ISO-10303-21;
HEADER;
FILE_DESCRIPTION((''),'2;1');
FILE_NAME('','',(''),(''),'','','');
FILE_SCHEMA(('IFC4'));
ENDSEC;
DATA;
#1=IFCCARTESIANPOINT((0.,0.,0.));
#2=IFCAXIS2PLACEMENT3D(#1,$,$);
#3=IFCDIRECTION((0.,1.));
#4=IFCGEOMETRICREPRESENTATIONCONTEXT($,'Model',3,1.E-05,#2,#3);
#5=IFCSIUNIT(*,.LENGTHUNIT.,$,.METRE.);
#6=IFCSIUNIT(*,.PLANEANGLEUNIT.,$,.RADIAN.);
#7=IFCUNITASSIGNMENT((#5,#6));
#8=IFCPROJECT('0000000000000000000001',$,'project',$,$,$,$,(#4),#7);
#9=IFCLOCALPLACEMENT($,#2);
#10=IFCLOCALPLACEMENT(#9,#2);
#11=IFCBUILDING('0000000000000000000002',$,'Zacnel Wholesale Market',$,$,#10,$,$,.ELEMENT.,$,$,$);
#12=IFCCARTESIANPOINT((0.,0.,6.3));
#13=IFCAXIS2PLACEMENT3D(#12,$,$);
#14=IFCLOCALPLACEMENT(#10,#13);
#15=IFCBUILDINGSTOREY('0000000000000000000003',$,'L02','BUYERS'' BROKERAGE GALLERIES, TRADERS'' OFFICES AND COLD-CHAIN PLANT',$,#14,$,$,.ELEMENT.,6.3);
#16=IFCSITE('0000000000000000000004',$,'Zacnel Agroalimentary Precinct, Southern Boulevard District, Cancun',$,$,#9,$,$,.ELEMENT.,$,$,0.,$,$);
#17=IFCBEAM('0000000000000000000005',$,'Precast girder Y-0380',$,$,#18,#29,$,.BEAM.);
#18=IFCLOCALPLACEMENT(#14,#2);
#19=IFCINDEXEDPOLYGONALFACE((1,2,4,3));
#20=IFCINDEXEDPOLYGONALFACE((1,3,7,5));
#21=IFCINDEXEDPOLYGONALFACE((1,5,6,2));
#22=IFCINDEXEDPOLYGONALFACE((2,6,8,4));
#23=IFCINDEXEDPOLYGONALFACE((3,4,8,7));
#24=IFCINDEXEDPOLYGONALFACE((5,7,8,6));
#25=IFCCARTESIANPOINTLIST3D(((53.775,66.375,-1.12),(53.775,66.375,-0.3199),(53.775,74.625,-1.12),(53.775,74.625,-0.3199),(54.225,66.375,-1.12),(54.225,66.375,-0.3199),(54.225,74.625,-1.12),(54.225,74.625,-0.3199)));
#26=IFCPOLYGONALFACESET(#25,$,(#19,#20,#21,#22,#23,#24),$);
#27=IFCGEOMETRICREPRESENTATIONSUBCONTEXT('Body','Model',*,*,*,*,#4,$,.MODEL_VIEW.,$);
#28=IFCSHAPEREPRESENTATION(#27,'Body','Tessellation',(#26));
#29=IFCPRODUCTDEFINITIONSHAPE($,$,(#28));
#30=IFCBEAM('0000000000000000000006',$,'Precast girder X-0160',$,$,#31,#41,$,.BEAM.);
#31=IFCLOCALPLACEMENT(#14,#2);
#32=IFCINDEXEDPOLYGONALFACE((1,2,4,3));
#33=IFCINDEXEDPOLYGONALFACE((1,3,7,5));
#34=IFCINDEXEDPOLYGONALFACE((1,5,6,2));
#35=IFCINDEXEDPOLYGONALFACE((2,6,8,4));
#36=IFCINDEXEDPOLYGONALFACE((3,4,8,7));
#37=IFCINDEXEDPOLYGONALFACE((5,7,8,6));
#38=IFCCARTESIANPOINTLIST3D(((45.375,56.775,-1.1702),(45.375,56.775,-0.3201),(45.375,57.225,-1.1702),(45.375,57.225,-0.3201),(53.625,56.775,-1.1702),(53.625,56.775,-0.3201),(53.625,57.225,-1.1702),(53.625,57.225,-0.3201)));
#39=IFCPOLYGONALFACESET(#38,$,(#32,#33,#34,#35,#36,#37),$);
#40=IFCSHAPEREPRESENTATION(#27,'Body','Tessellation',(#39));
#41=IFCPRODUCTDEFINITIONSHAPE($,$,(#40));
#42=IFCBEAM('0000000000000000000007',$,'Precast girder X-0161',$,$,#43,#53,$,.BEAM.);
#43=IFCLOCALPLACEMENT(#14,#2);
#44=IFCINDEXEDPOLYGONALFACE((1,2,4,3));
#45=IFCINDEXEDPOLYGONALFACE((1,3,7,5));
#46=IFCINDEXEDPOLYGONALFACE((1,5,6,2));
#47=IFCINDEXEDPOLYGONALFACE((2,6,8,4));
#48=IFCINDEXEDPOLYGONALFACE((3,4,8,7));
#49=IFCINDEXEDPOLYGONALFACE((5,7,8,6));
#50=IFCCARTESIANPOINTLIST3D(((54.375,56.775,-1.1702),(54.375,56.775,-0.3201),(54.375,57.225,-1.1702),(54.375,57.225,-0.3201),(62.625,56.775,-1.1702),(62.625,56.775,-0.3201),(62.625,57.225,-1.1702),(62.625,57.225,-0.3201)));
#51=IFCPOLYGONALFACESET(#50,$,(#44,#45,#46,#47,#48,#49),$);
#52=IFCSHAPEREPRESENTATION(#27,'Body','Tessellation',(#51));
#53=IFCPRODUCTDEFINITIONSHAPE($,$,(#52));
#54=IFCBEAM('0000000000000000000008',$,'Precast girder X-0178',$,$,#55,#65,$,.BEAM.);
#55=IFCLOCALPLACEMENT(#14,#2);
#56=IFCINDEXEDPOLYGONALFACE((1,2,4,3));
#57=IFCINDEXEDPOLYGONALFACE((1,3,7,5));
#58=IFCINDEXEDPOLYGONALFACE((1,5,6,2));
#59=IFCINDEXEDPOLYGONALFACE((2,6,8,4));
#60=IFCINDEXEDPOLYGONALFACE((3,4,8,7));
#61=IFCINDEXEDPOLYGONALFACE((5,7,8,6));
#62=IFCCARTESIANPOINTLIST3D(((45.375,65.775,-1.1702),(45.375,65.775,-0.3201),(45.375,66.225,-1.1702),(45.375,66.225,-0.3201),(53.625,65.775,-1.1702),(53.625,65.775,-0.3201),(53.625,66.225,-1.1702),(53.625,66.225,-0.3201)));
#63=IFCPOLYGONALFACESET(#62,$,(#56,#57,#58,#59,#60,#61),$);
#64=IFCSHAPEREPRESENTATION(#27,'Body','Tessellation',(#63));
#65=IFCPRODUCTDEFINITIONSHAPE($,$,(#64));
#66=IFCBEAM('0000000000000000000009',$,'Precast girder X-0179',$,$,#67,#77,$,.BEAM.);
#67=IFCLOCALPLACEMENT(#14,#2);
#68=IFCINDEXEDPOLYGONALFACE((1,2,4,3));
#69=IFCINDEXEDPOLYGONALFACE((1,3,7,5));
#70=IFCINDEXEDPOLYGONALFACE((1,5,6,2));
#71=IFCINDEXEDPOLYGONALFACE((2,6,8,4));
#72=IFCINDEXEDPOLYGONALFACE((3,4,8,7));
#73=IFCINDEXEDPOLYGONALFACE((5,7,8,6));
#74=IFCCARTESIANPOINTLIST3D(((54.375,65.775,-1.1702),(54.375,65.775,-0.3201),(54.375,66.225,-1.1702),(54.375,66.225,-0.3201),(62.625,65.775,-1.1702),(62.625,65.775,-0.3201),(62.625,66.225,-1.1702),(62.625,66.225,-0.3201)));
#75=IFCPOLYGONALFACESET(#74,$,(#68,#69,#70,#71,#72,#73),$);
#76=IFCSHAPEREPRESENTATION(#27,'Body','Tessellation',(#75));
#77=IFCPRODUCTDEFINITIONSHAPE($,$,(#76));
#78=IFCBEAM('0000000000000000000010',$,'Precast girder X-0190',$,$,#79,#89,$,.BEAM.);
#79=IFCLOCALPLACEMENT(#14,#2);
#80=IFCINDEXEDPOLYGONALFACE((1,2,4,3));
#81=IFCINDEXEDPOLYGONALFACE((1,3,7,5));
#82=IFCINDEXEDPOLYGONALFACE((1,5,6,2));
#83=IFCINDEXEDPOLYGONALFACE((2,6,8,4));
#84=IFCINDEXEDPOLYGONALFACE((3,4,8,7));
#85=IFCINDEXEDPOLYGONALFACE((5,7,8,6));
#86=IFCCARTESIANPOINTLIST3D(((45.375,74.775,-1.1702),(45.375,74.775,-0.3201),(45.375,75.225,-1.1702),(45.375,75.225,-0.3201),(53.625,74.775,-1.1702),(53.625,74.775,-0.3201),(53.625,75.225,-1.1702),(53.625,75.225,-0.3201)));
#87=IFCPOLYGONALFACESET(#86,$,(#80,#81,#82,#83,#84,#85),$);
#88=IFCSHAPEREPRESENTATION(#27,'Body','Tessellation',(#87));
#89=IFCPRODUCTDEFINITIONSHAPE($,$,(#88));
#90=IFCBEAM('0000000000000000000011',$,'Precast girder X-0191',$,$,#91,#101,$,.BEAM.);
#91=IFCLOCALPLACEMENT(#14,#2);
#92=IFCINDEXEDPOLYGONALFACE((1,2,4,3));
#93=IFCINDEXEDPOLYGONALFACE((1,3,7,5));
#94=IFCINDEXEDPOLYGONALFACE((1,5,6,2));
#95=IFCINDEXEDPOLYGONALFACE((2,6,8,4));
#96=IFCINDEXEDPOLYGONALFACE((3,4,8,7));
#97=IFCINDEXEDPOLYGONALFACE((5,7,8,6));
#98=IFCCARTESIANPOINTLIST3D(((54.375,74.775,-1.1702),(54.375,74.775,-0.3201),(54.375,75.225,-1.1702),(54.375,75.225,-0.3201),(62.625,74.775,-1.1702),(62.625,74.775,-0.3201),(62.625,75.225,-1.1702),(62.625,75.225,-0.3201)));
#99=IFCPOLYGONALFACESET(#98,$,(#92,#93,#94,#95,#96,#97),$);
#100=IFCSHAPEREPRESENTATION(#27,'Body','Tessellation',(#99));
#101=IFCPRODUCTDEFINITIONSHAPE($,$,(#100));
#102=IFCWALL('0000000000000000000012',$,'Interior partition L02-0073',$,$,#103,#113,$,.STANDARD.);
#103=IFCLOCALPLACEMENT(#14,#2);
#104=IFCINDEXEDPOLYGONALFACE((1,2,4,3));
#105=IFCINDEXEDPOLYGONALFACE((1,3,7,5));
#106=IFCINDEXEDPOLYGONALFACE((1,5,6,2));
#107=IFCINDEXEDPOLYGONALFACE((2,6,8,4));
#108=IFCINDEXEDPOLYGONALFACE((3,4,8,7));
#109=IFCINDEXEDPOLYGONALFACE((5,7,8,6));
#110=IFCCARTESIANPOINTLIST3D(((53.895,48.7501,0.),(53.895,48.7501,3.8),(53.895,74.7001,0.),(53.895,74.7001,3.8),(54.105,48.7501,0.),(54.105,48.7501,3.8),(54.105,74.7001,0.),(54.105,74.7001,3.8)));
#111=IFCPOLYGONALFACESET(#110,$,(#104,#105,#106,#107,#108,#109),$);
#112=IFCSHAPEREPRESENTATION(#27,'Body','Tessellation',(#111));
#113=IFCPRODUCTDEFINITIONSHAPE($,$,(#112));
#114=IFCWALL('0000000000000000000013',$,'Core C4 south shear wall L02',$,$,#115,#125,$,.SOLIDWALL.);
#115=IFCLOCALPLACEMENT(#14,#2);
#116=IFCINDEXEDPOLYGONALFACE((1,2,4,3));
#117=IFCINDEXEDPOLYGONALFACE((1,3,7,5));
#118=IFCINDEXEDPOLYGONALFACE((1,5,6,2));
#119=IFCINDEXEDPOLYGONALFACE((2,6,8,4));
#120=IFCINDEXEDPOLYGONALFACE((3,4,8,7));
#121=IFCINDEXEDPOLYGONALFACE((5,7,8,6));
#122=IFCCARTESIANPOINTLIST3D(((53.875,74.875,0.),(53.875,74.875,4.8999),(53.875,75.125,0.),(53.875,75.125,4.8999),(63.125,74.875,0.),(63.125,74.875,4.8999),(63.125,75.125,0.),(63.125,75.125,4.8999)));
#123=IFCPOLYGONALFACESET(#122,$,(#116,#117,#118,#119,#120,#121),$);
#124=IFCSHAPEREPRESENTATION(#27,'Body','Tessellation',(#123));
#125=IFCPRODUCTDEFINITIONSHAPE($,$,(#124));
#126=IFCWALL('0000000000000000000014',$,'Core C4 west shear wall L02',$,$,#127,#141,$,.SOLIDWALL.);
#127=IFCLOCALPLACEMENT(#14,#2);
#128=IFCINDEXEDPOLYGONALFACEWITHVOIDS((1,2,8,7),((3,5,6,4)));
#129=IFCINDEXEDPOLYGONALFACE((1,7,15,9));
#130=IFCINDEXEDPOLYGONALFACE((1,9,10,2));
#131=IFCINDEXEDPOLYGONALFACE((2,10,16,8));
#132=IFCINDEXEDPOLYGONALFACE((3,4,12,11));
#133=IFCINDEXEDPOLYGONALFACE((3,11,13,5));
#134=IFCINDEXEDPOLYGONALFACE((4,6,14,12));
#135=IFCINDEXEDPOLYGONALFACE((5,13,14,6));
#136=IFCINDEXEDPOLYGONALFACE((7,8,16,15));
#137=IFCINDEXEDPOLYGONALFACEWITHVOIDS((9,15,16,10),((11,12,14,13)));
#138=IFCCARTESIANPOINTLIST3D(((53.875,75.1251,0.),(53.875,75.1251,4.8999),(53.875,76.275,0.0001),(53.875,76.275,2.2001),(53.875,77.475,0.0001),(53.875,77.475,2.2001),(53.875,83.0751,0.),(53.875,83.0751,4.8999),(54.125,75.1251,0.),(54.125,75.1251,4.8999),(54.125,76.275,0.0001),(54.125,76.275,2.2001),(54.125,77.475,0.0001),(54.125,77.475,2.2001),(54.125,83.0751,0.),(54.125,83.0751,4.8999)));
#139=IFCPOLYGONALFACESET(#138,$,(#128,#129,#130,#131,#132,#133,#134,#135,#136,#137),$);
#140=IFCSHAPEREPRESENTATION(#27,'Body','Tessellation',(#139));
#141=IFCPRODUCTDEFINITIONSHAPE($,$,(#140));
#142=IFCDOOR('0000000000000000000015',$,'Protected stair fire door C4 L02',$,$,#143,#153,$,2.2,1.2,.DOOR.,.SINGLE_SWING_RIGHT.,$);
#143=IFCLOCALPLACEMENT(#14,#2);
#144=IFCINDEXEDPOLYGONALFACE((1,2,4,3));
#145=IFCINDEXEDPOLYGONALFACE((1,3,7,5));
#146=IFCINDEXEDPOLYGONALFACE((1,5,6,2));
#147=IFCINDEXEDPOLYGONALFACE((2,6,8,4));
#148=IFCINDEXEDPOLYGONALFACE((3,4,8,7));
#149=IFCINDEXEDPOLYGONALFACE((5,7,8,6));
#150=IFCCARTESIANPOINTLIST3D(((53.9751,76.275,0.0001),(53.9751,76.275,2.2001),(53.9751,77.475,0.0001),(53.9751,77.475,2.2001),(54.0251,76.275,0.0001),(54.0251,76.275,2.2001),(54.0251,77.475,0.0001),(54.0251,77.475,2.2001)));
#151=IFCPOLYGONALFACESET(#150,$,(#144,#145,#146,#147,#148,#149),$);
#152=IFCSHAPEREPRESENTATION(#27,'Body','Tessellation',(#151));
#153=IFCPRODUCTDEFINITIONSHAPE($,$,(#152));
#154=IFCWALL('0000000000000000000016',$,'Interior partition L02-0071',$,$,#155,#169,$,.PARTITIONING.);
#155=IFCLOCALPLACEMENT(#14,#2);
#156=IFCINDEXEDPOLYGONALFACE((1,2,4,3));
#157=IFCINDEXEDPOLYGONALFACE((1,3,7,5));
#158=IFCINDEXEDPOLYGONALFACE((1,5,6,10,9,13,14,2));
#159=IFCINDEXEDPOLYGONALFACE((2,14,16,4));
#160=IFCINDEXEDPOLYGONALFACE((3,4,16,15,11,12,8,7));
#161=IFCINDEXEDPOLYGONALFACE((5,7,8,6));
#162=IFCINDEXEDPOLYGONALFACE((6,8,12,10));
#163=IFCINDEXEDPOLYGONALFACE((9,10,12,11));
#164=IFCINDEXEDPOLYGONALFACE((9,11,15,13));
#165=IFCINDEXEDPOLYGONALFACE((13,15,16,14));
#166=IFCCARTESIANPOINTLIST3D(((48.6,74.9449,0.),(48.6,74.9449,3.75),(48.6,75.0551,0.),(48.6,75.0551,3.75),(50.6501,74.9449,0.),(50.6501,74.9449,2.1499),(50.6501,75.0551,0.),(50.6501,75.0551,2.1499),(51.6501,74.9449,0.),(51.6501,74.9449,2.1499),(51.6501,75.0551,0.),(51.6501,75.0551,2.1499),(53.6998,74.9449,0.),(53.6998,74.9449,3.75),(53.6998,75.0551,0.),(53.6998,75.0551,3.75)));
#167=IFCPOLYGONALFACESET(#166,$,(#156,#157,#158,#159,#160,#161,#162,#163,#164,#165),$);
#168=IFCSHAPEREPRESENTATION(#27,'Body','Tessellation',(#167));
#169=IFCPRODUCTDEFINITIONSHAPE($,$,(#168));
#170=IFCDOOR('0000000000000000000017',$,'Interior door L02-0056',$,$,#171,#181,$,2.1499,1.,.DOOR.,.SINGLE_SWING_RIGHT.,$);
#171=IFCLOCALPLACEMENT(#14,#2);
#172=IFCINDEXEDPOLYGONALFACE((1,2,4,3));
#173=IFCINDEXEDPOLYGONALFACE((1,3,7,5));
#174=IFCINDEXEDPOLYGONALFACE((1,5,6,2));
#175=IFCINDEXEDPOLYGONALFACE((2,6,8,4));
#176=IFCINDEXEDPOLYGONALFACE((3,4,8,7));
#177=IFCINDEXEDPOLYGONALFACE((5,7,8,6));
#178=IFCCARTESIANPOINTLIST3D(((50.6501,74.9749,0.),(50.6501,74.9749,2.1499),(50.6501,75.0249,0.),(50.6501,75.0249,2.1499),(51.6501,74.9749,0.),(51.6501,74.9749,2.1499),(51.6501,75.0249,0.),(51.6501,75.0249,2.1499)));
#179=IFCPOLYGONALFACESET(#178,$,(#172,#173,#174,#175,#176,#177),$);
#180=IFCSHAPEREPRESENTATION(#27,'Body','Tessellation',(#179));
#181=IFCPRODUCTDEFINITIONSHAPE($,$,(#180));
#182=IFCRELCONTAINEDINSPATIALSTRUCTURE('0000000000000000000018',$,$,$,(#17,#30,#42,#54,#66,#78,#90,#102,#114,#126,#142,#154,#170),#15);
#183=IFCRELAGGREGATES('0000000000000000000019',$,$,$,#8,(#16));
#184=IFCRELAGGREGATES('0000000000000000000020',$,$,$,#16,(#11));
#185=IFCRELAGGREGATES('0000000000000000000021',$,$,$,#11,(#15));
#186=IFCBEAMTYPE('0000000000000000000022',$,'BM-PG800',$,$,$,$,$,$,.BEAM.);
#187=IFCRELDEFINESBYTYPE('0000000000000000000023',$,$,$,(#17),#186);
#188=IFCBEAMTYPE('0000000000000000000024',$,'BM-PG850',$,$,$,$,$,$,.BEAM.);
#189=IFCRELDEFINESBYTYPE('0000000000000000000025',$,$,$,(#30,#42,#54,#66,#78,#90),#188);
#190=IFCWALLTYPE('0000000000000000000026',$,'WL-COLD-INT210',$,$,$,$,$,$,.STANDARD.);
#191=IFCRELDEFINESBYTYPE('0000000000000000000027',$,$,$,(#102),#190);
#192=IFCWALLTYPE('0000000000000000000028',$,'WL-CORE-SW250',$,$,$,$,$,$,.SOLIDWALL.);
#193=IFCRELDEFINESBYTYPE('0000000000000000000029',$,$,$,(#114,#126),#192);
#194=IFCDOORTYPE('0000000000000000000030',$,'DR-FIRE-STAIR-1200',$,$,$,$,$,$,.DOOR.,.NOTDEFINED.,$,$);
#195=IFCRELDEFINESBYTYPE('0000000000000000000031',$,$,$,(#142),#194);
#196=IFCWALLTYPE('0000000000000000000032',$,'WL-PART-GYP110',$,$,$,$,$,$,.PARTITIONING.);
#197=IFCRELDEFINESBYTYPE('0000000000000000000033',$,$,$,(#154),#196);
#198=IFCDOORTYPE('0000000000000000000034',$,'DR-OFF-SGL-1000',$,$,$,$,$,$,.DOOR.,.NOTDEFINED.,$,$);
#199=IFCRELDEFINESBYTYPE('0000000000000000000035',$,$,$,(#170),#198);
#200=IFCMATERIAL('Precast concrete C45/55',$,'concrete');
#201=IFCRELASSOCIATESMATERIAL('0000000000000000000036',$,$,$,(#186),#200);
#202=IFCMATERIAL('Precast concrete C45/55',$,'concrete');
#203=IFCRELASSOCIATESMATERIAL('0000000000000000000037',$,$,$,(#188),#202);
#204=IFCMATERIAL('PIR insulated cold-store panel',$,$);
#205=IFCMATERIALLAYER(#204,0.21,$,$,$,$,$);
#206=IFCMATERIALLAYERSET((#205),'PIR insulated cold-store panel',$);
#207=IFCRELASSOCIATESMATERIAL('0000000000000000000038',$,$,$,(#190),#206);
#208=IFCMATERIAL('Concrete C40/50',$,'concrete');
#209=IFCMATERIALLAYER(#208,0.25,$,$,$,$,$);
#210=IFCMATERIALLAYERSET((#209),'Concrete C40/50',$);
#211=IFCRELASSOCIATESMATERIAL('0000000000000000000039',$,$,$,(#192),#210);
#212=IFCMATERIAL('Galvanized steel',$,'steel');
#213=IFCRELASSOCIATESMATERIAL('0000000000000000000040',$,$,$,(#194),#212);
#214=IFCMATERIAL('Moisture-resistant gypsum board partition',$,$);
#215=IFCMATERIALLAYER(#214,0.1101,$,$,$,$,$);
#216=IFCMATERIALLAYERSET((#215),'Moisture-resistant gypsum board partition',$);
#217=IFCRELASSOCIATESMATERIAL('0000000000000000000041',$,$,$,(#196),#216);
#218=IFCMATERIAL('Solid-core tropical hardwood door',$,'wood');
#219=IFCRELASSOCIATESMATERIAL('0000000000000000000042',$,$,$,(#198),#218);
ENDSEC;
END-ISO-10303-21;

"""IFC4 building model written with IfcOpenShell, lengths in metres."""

from ifc_helpers import new_model, si_unit, direction, frame, frame_2d, origin, origin_2d, place, context, subcontext, project, spatial, rectangle, extrude, material, layer, layer_set, material_profile, profile_set, type_object, element, fill, save


model = new_model("IFC4")

# Units and contexts
model_context = context("Model", 3, precision=1e-05, world=origin(), true_north=direction((0.0, 1.0)))
body_context = subcontext(model_context, "Body", "Model", "MODEL_VIEW")
ifc_project = project(units=[si_unit("LENGTHUNIT", "METRE"), si_unit("PLANEANGLEUNIT", "RADIAN")], contexts=[model_context])

# Site, building, storey
site_placement = place(None, origin())
site = spatial("IfcSite", under=ifc_project, at=site_placement, Name="Zacnel Agroalimentary Precinct, Southern Boulevard District, Cancun", CompositionType="ELEMENT", RefElevation=0.0)
building_placement = place(site_placement, origin())
building = spatial("IfcBuilding", under=site, at=building_placement, Name="Zacnel Wholesale Market", CompositionType="ELEMENT")
storey_placement = place(building_placement, frame((0.0, 0.0, 6.3)))
storey = spatial("IfcBuildingStorey", under=building, at=storey_placement, Name="L02", Description="BUYERS' BROKERAGE GALLERIES, TRADERS' OFFICES AND COLD-CHAIN PLANT", CompositionType="ELEMENT", Elevation=6.3)

# Beams
ifc_material_1 = material(Name="Precast concrete C45/55", Category="concrete")
ifc_material_profile_1 = material_profile(ifc_material_1, rectangle(XDim=0.45, YDim=0.8, at=origin_2d()), Name="PG 450x800")
ifc_profile_set_1 = profile_set([ifc_material_profile_1], Name="Precast concrete C45/55")
beam_type_1 = type_object("IfcBeamType", Name="BM-PG800", PredefinedType="BEAM", material=ifc_profile_set_1)
for number, where, z_axis, x_axis, name in (
    (1, (54.0, 66.375, -0.72), (0.0, 1.0, 0.0), (-1.0, 0.0, 0.0), "Precast girder Y-0380"),
):
    element("IfcBeam", number, at=place(storey_placement, frame(where, z_axis=z_axis, x_axis=x_axis)), inside=storey, type_object=beam_type_1, Name=name, PredefinedType="BEAM", context=body_context, shape_type="SweptSolid", body=[
        extrude(rectangle(XDim=0.45, YDim=0.8, at=origin_2d()), origin(), (0.0, 0.0, 1.0), 8.25),
    ])
ifc_material_2 = material(Name="Precast concrete C45/55", Category="concrete")
ifc_material_profile_2 = material_profile(ifc_material_2, rectangle(XDim=0.45, YDim=0.8501, at=origin_2d()), Name="PG 450x850")
ifc_profile_set_2 = profile_set([ifc_material_profile_2], Name="Precast concrete C45/55")
beam_type_2 = type_object("IfcBeamType", Name="BM-PG850", PredefinedType="BEAM", material=ifc_profile_set_2)
for number, where, z_axis, x_axis, name in (
    (2, (45.375, 57.0, -0.7451), (1.0, 0.0, 0.0), (0.0, 1.0, 0.0), "Precast girder X-0160"),
    (3, (54.375, 57.0, -0.7451), (1.0, 0.0, 0.0), (0.0, 1.0, 0.0), "Precast girder X-0161"),
    (4, (45.375, 66.0, -0.7451), (1.0, 0.0, 0.0), (0.0, 1.0, 0.0), "Precast girder X-0178"),
    (5, (54.375, 66.0, -0.7451), (1.0, 0.0, 0.0), (0.0, 1.0, 0.0), "Precast girder X-0179"),
    (6, (45.375, 75.0, -0.7451), (1.0, 0.0, 0.0), (0.0, 1.0, 0.0), "Precast girder X-0190"),
    (7, (54.375, 75.0, -0.7451), (1.0, 0.0, 0.0), (0.0, 1.0, 0.0), "Precast girder X-0191"),
):
    element("IfcBeam", number, at=place(storey_placement, frame(where, z_axis=z_axis, x_axis=x_axis)), inside=storey, type_object=beam_type_2, Name=name, PredefinedType="BEAM", context=body_context, shape_type="SweptSolid", body=[
        extrude(rectangle(XDim=0.45, YDim=0.8501, at=origin_2d()), origin(), (0.0, 0.0, 1.0), 8.25),
    ])

# Walls
ifc_material_3 = material(Name="PIR insulated cold-store panel")
ifc_layer_1 = layer(ifc_material_3, 0.21)
ifc_layer_set_1 = layer_set([ifc_layer_1], Name="PIR insulated cold-store panel")
wall_type_1 = type_object("IfcWallType", Name="WL-COLD-INT210", PredefinedType="STANDARD", material=ifc_layer_set_1)
wall_1_placement = place(storey_placement, frame((54.0, 48.75, 0.0), z_axis=(0.0, 0.0, 1.0), x_axis=(0.0, 1.0, 0.0)))
element("IfcWall", 8, at=wall_1_placement, inside=storey, type_object=wall_type_1, Name="Interior partition L02-0073", PredefinedType="STANDARD", context=body_context, shape_type="SweptSolid", body=[
    extrude(rectangle(XDim=25.95, YDim=0.21, at=frame_2d((12.9751, 0.0))), origin(), (0.0, 0.0, 1.0), 3.8),
])
ifc_material_4 = material(Name="Concrete C40/50", Category="concrete")
ifc_layer_2 = layer(ifc_material_4, 0.25)
ifc_layer_set_2 = layer_set([ifc_layer_2], Name="Concrete C40/50")
wall_type_2 = type_object("IfcWallType", Name="WL-CORE-SW250", PredefinedType="SOLIDWALL", material=ifc_layer_set_2)
wall_2_placement = place(storey_placement, frame((53.875, 75.0, 0.0), z_axis=(0.0, 0.0, 1.0), x_axis=(1.0, 0.0, 0.0)))
element("IfcWall", 9, at=wall_2_placement, inside=storey, type_object=wall_type_2, Name="Core C4 south shear wall L02", PredefinedType="SOLIDWALL", context=body_context, shape_type="SweptSolid", body=[
    extrude(rectangle(XDim=9.25, YDim=0.25, at=frame_2d((4.625, 0.0))), origin(), (0.0, 0.0, 1.0), 4.8999),
])

# Walls, openings, doors
wall_3_placement = place(storey_placement, frame((54.0, 75.125, 0.0), z_axis=(0.0, 0.0, 1.0), x_axis=(0.0, 1.0, 0.0)))
wall_3 = element("IfcWall", 10, at=wall_3_placement, inside=storey, type_object=wall_type_2, Name="Core C4 west shear wall L02", PredefinedType="SOLIDWALL", context=body_context, shape_type="SweptSolid", body=[
    extrude(rectangle(XDim=7.95, YDim=0.25, at=frame_2d((3.9751, 0.0))), origin(), (0.0, 0.0, 1.0), 4.8999),
])
opening_1_placement = place(wall_3_placement, frame((1.1499, 0.0, 0.0)))
opening_1 = element("IfcOpeningElement", 11, at=opening_1_placement, cuts=wall_3, PredefinedType="OPENING", context=body_context, shape_type="SweptSolid", body=[
    extrude(rectangle(XDim=1.2, YDim=2.2, at=frame_2d((0.6001, 1.1001))), frame((0.0, 0.135, 0.0), z_axis=(0.0, -1.0, 0.0), x_axis=(1.0, 0.0, 0.0)), (0.0, 0.0, 1.0), 0.27),
])
ifc_material_5 = material(Name="Galvanized steel", Category="steel")
door_type_1 = type_object("IfcDoorType", Name="DR-FIRE-STAIR-1200", OperationType="NOTDEFINED", PredefinedType="DOOR", material=ifc_material_5)
door_1_placement = place(opening_1_placement, origin())
door_1 = element("IfcDoor", 12, at=door_1_placement, inside=storey, type_object=door_type_1, Name="Protected stair fire door C4 L02", OperationType="SINGLE_SWING_RIGHT", OverallHeight=2.2, OverallWidth=1.2, PredefinedType="DOOR", context=body_context, shape_type="SweptSolid", body=[
    extrude(rectangle(XDim=1.2, YDim=2.2, at=frame_2d((0.6001, 1.1001))), frame((0.0, 0.0249, 0.0), z_axis=(0.0, -1.0, 0.0), x_axis=(1.0, 0.0, 0.0)), (0.0, 0.0, 1.0), 0.05),
])
fill(opening_1, door_1)
ifc_material_6 = material(Name="Moisture-resistant gypsum board partition")
ifc_layer_3 = layer(ifc_material_6, 0.1101)
ifc_layer_set_3 = layer_set([ifc_layer_3], Name="Moisture-resistant gypsum board partition")
wall_type_3 = type_object("IfcWallType", Name="WL-PART-GYP110", PredefinedType="PARTITIONING", material=ifc_layer_set_3)
wall_4_placement = place(storey_placement, frame((48.6001, 75.0, 0.0), z_axis=(0.0, 0.0, 1.0), x_axis=(1.0, 0.0, 0.0)))
wall_4 = element("IfcWall", 13, at=wall_4_placement, inside=storey, type_object=wall_type_3, Name="Interior partition L02-0071", PredefinedType="PARTITIONING", context=body_context, shape_type="SweptSolid", body=[
    extrude(rectangle(XDim=5.0999, YDim=0.1101, at=frame_2d((2.5498, 0.0))), origin(), (0.0, 0.0, 1.0), 3.75),
])
opening_2_placement = place(wall_4_placement, frame((2.05, 0.0, 0.0)))
opening_2 = element("IfcOpeningElement", 14, at=opening_2_placement, cuts=wall_4, PredefinedType="OPENING", context=body_context, shape_type="SweptSolid", body=[
    extrude(rectangle(XDim=1.0, YDim=2.1499, at=frame_2d((0.5, 1.075))), frame((0.0, 0.0649, 0.0), z_axis=(0.0, -1.0, 0.0), x_axis=(1.0, 0.0, 0.0)), (0.0, 0.0, 1.0), 0.1301),
])
ifc_material_7 = material(Name="Solid-core tropical hardwood door", Category="wood")
door_type_2 = type_object("IfcDoorType", Name="DR-OFF-SGL-1000", OperationType="NOTDEFINED", PredefinedType="DOOR", material=ifc_material_7)
door_2_placement = place(opening_2_placement, origin())
door_2 = element("IfcDoor", 15, at=door_2_placement, inside=storey, type_object=door_type_2, Name="Interior door L02-0056", OperationType="SINGLE_SWING_RIGHT", OverallHeight=2.1499, OverallWidth=1.0, PredefinedType="DOOR", context=body_context, shape_type="SweptSolid", body=[
    extrude(rectangle(XDim=1.0, YDim=2.1499, at=frame_2d((0.5, 1.075))), frame((0.0, 0.0249, 0.0), z_axis=(0.0, -1.0, 0.0), x_axis=(1.0, 0.0, 0.0)), (0.0, 0.0, 1.0), 0.05),
])
fill(opening_2, door_2)

save(model, "model.ifc")
